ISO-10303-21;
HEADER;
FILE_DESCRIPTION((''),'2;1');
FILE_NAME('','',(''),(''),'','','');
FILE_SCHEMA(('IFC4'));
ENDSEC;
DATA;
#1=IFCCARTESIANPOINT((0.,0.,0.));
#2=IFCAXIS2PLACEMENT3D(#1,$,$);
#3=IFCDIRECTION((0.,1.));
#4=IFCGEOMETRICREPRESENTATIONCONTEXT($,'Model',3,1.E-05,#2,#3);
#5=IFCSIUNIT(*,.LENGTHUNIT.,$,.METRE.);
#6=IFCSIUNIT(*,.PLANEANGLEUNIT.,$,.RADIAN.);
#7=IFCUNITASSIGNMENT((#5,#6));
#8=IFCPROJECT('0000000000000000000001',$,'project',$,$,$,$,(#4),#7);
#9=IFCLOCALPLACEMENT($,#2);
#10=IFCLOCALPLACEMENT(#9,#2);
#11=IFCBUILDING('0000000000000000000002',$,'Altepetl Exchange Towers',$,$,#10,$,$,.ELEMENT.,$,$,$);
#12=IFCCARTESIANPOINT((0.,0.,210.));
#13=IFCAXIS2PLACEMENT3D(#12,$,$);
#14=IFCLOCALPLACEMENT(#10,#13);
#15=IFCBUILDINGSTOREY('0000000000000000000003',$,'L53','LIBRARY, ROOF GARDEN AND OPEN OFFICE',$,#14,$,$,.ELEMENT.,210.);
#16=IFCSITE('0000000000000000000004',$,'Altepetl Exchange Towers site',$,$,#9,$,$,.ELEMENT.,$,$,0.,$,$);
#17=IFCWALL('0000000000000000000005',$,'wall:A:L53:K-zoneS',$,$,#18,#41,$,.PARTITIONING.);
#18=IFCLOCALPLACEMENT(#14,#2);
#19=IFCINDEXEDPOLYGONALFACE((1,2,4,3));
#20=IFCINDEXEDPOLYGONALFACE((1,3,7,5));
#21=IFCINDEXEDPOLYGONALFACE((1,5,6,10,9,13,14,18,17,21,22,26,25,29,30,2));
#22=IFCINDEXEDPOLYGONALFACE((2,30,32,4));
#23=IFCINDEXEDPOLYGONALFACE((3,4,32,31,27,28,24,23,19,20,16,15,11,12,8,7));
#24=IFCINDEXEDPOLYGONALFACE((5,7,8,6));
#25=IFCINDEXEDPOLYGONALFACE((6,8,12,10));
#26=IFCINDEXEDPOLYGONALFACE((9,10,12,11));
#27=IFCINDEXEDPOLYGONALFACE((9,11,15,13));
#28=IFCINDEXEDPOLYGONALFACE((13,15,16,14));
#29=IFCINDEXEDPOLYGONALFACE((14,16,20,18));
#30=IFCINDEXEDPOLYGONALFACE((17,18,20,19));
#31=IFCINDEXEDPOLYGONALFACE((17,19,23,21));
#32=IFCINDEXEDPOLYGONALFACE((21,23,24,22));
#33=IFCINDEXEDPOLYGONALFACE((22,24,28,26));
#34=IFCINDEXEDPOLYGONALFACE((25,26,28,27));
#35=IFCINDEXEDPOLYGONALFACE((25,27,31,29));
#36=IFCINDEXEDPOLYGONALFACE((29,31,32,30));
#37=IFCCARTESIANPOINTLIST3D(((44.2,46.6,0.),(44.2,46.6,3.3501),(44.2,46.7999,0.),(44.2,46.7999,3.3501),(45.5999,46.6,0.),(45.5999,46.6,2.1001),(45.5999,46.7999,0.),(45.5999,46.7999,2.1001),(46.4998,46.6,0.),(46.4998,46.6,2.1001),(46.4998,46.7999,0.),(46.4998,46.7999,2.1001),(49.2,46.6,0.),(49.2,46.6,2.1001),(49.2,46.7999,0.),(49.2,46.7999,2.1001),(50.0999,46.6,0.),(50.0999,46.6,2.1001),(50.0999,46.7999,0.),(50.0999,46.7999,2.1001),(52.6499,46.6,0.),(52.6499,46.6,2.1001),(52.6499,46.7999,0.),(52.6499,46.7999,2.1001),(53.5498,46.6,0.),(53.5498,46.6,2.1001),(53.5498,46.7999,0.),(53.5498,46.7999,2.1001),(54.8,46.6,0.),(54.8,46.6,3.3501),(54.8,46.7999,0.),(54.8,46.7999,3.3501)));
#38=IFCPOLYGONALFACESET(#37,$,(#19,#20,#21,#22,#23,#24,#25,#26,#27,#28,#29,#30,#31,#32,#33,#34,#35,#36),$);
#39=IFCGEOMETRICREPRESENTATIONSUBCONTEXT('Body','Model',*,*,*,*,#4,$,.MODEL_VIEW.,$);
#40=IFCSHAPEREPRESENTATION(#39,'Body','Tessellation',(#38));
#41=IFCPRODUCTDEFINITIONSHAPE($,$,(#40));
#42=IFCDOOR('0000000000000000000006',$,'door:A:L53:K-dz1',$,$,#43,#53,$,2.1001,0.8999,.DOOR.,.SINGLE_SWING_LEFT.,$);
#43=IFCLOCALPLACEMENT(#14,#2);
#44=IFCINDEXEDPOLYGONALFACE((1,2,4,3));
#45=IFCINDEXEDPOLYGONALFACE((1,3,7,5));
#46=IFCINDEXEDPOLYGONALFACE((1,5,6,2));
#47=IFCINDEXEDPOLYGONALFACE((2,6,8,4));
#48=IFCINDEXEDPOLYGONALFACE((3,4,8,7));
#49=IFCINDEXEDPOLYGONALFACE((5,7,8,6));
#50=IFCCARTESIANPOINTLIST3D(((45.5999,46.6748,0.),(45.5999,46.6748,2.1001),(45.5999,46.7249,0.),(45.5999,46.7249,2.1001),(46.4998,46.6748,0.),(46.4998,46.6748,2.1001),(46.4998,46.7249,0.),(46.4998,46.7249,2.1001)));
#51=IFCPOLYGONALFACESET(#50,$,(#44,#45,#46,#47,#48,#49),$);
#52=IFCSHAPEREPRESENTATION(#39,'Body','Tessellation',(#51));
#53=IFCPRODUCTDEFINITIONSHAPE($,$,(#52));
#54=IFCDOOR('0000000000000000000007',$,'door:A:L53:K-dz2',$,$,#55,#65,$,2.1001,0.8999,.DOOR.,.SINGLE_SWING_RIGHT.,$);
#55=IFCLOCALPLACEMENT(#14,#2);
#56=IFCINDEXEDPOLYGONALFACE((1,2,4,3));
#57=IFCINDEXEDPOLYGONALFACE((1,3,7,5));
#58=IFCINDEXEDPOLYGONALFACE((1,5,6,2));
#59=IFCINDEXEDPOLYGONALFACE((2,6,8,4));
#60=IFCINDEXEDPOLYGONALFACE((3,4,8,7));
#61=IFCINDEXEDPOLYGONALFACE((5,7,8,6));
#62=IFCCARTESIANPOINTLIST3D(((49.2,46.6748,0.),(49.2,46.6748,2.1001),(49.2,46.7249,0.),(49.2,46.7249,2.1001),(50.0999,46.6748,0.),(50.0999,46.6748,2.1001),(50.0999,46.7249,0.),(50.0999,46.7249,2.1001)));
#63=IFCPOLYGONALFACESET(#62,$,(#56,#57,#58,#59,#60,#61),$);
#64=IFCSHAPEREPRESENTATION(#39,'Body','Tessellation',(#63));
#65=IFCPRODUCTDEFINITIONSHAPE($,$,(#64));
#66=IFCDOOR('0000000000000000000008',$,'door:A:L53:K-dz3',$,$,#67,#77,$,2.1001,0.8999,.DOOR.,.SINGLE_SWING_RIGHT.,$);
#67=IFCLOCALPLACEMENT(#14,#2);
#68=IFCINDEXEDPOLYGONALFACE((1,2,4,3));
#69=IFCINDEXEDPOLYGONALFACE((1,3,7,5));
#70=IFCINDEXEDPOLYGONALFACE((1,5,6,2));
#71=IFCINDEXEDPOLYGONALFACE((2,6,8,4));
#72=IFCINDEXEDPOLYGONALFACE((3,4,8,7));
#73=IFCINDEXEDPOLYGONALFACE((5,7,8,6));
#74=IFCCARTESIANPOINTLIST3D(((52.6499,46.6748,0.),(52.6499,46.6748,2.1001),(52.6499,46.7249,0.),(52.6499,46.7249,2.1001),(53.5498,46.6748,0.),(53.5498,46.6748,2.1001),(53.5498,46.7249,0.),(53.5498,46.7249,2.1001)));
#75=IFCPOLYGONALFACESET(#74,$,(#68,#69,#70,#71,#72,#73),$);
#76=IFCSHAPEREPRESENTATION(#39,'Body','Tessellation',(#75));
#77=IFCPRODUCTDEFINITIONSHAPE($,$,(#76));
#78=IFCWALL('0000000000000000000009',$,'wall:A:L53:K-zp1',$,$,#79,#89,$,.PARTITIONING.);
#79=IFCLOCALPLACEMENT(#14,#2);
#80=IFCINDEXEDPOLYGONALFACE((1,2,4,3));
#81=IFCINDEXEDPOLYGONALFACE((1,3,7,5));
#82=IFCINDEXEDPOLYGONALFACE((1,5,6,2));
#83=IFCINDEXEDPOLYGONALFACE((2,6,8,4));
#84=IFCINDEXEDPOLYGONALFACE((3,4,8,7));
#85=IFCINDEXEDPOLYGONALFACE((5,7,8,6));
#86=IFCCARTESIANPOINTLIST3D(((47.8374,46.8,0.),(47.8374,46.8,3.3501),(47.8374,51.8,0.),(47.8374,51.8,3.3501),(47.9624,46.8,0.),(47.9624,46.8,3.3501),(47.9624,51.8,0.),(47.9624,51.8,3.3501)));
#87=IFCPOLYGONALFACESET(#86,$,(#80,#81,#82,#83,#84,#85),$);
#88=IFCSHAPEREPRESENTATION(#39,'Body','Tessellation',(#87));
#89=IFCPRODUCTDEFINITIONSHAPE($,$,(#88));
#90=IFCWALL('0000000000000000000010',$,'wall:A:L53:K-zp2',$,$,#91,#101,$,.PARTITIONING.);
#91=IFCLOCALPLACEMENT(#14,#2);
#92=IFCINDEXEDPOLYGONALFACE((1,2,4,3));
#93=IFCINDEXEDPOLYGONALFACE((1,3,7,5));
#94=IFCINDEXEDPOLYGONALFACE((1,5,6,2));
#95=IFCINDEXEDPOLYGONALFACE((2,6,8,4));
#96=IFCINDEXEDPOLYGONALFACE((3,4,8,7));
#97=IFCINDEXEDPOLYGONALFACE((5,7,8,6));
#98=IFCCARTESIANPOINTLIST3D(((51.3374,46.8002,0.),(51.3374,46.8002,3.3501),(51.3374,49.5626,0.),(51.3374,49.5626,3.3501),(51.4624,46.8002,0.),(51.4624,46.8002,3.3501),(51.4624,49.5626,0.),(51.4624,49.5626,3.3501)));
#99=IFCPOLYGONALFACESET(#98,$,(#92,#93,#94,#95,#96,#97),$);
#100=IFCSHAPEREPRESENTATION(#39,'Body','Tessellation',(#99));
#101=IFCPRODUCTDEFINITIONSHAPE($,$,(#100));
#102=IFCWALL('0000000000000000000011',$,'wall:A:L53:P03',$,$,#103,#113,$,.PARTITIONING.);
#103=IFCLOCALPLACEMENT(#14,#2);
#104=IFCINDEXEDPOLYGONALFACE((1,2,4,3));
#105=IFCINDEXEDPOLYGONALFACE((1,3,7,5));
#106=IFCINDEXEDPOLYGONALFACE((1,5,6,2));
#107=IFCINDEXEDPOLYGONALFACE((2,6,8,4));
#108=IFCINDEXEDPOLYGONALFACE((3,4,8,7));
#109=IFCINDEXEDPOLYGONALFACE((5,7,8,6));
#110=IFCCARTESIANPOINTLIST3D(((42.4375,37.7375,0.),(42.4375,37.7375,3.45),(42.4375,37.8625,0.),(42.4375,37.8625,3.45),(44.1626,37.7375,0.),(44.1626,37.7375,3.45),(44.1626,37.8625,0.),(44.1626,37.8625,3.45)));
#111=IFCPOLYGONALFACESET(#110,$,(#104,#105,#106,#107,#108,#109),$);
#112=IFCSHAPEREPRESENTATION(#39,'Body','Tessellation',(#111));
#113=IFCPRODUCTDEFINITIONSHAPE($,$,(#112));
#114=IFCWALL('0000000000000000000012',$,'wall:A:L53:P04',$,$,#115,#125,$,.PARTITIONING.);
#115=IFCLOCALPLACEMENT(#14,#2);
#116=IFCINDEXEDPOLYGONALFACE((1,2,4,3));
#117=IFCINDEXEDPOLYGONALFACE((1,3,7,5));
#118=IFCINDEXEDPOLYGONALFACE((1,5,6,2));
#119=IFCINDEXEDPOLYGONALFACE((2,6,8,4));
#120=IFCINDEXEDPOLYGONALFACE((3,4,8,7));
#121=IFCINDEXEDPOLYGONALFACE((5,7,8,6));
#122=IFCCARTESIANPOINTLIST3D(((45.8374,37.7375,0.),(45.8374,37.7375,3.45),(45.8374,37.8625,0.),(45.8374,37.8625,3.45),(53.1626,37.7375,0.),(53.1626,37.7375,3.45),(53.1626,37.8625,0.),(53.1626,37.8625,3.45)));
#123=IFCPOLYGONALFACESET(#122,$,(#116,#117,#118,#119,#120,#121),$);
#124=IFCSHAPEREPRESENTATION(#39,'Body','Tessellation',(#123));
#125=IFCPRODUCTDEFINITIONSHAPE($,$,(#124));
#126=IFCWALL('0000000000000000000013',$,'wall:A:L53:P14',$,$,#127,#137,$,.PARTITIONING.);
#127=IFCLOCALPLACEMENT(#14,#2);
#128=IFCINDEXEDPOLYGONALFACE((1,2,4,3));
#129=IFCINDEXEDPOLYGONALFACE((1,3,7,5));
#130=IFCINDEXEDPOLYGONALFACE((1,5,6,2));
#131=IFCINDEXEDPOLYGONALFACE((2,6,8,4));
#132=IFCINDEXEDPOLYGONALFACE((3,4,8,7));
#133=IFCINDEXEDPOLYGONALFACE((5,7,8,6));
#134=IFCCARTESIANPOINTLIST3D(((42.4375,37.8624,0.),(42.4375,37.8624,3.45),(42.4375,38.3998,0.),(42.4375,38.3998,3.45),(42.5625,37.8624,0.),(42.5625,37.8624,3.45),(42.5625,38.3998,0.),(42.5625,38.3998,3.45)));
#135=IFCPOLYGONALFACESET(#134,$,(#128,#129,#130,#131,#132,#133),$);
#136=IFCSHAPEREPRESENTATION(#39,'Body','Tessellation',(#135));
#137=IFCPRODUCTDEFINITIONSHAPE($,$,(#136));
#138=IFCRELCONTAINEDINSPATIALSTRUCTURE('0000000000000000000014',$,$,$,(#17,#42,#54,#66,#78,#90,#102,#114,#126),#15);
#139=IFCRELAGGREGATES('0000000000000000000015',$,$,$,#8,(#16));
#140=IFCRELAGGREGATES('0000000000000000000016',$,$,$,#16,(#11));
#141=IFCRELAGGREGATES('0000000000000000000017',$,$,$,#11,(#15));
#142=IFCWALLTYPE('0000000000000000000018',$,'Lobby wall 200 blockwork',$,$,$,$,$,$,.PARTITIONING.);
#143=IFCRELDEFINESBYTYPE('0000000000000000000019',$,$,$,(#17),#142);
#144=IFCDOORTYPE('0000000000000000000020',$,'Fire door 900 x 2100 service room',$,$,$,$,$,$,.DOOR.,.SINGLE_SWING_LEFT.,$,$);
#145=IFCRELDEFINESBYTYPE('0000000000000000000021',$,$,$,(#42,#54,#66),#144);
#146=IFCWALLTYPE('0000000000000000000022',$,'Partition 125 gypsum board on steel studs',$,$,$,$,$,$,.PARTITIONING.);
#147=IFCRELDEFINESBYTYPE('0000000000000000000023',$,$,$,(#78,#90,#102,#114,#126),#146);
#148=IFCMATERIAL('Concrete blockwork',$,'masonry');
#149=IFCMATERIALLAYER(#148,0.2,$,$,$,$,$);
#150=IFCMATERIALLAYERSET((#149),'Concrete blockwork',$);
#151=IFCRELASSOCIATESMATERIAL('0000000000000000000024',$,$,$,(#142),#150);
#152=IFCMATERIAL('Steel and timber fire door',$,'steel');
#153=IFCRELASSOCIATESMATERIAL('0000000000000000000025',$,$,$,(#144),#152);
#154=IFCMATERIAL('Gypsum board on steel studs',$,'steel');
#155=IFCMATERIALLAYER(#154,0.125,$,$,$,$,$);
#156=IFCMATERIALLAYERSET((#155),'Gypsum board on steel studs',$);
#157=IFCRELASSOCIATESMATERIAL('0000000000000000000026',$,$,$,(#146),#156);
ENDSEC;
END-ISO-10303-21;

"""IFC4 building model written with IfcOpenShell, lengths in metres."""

from ifc_helpers import new_model, si_unit, direction, frame, frame_2d, origin, place, context, subcontext, project, spatial, rectangle, extrude, material, layer, layer_set, type_object, element, fill, save


model = new_model("IFC4")

# Units and contexts
model_context = context("Model", 3, precision=1e-05, world=origin(), true_north=direction((0.0, 1.0)))
body_context = subcontext(model_context, "Body", "Model", "MODEL_VIEW")
ifc_project = project(units=[si_unit("LENGTHUNIT", "METRE"), si_unit("PLANEANGLEUNIT", "RADIAN")], contexts=[model_context])

# Site, building, storey
site_placement = place(None, origin())
site = spatial("IfcSite", under=ifc_project, at=site_placement, Name="Altepetl Exchange Towers site", CompositionType="ELEMENT", RefElevation=0.0)
building_placement = place(site_placement, origin())
building = spatial("IfcBuilding", under=site, at=building_placement, Name="Altepetl Exchange Towers", CompositionType="ELEMENT")
storey_placement = place(building_placement, frame((0.0, 0.0, 210.0)))
storey = spatial("IfcBuildingStorey", under=building, at=storey_placement, Name="L53", Description="LIBRARY, ROOF GARDEN AND OPEN OFFICE", CompositionType="ELEMENT", Elevation=210.0)

# Wall, openings, doors
ifc_material_1 = material(Name="Concrete blockwork", Category="masonry")
ifc_layer_1 = layer(ifc_material_1, 0.2)
ifc_layer_set_1 = layer_set([ifc_layer_1], Name="Concrete blockwork")
wall_type_1 = type_object("IfcWallType", Name="Lobby wall 200 blockwork", PredefinedType="PARTITIONING", material=ifc_layer_set_1)
wall_1_placement = place(storey_placement, frame((44.2, 46.7, 0.0)))
wall_1 = element("IfcWall", 1, at=wall_1_placement, inside=storey, type_object=wall_type_1, Name="wall:A:L53:K-zoneS", PredefinedType="PARTITIONING", context=body_context, shape_type="SweptSolid", body=[
    extrude(rectangle(XDim=10.6001, YDim=0.2, at=frame_2d((5.3, 0.0))), origin(), (0.0, 0.0, 1.0), 3.3501),
])
opening_1_placement = place(wall_1_placement, frame((1.3999, 0.0, 0.0)))
opening_1 = element("IfcOpeningElement", 2, at=opening_1_placement, cuts=wall_1, PredefinedType="OPENING", context=body_context, shape_type="SweptSolid", body=[
    extrude(rectangle(XDim=0.8999, YDim=2.1001, at=frame_2d((0.45, 1.05))), frame((0.0, 0.1099, 0.0), z_axis=(0.0, -1.0, 0.0), x_axis=(1.0, 0.0, 0.0)), (0.0, 0.0, 1.0), 0.22),
])
opening_2_placement = place(wall_1_placement, frame((5.0, 0.0, 0.0)))
opening_2 = element("IfcOpeningElement", 3, at=opening_2_placement, cuts=wall_1, PredefinedType="OPENING", context=body_context, shape_type="SweptSolid", body=[
    extrude(rectangle(XDim=0.8999, YDim=2.1001, at=frame_2d((0.45, 1.05))), frame((0.0, 0.1099, 0.0), z_axis=(0.0, -1.0, 0.0), x_axis=(1.0, 0.0, 0.0)), (0.0, 0.0, 1.0), 0.22),
])
opening_3_placement = place(wall_1_placement, frame((8.45, 0.0, 0.0)))
opening_3 = element("IfcOpeningElement", 4, at=opening_3_placement, cuts=wall_1, PredefinedType="OPENING", context=body_context, shape_type="SweptSolid", body=[
    extrude(rectangle(XDim=0.8999, YDim=2.1001, at=frame_2d((0.45, 1.05))), frame((0.0, 0.1099, 0.0), z_axis=(0.0, -1.0, 0.0), x_axis=(1.0, 0.0, 0.0)), (0.0, 0.0, 1.0), 0.22),
])
ifc_material_2 = material(Name="Steel and timber fire door", Category="steel")
door_type_1 = type_object("IfcDoorType", Name="Fire door 900 x 2100 service room", OperationType="SINGLE_SWING_LEFT", PredefinedType="DOOR", material=ifc_material_2)
door_1_placement = place(opening_1_placement, origin())
door_1 = element("IfcDoor", 5, at=door_1_placement, inside=storey, type_object=door_type_1, Name="door:A:L53:K-dz1", OperationType="SINGLE_SWING_LEFT", OverallHeight=2.1001, OverallWidth=0.8999, PredefinedType="DOOR", context=body_context, shape_type="SweptSolid", body=[
    extrude(rectangle(XDim=0.8999, YDim=2.1001, at=frame_2d((0.45, 1.05))), frame((0.0, 0.0249, 0.0), z_axis=(0.0, -1.0, 0.0), x_axis=(1.0, 0.0, 0.0)), (0.0, 0.0, 1.0), 0.05),
])
fill(opening_1, door_1)
door_2_placement = place(opening_2_placement, origin())
door_2 = element("IfcDoor", 6, at=door_2_placement, inside=storey, type_object=door_type_1, Name="door:A:L53:K-dz2", OperationType="SINGLE_SWING_RIGHT", OverallHeight=2.1001, OverallWidth=0.8999, PredefinedType="DOOR", context=body_context, shape_type="SweptSolid", body=[
    extrude(rectangle(XDim=0.8999, YDim=2.1001, at=frame_2d((0.45, 1.05))), frame((0.0, 0.0249, 0.0), z_axis=(0.0, -1.0, 0.0), x_axis=(1.0, 0.0, 0.0)), (0.0, 0.0, 1.0), 0.05),
])
fill(opening_2, door_2)
door_3_placement = place(opening_3_placement, origin())
door_3 = element("IfcDoor", 7, at=door_3_placement, inside=storey, type_object=door_type_1, Name="door:A:L53:K-dz3", OperationType="SINGLE_SWING_RIGHT", OverallHeight=2.1001, OverallWidth=0.8999, PredefinedType="DOOR", context=body_context, shape_type="SweptSolid", body=[
    extrude(rectangle(XDim=0.8999, YDim=2.1001, at=frame_2d((0.45, 1.05))), frame((0.0, 0.0249, 0.0), z_axis=(0.0, -1.0, 0.0), x_axis=(1.0, 0.0, 0.0)), (0.0, 0.0, 1.0), 0.05),
])
fill(opening_3, door_3)

# Walls
ifc_material_3 = material(Name="Gypsum board on steel studs", Category="steel")
ifc_layer_2 = layer(ifc_material_3, 0.125)
ifc_layer_set_2 = layer_set([ifc_layer_2], Name="Gypsum board on steel studs")
wall_type_2 = type_object("IfcWallType", Name="Partition 125 gypsum board on steel studs", PredefinedType="PARTITIONING", material=ifc_layer_set_2)
wall_2_placement = place(storey_placement, frame((47.8999, 46.8, 0.0), z_axis=(0.0, 0.0, 1.0), x_axis=(0.0, 1.0, 0.0)))
element("IfcWall", 8, at=wall_2_placement, inside=storey, type_object=wall_type_2, Name="wall:A:L53:K-zp1", PredefinedType="PARTITIONING", context=body_context, shape_type="SweptSolid", body=[
    extrude(rectangle(XDim=5.0, YDim=0.125, at=frame_2d((2.5, 0.0))), origin(), (0.0, 0.0, 1.0), 3.3501),
])
wall_3_placement = place(storey_placement, frame((51.3999, 46.8, 0.0), z_axis=(0.0, 0.0, 1.0), x_axis=(0.0, 1.0, 0.0)))
element("IfcWall", 9, at=wall_3_placement, inside=storey, type_object=wall_type_2, Name="wall:A:L53:K-zp2", PredefinedType="PARTITIONING", context=body_context, shape_type="SweptSolid", body=[
    extrude(rectangle(XDim=2.7625, YDim=0.125, at=frame_2d((1.3813, 0.0))), origin(), (0.0, 0.0, 1.0), 3.3501),
])
wall_4_placement = place(storey_placement, frame((42.4375, 37.8, 0.0)))
element("IfcWall", 10, at=wall_4_placement, inside=storey, type_object=wall_type_2, Name="wall:A:L53:P03", PredefinedType="PARTITIONING", context=body_context, shape_type="SweptSolid", body=[
    extrude(rectangle(XDim=1.7251, YDim=0.125, at=frame_2d((0.8625, 0.0))), origin(), (0.0, 0.0, 1.0), 3.45),
])
wall_5_placement = place(storey_placement, frame((45.8374, 37.8, 0.0)))
element("IfcWall", 11, at=wall_5_placement, inside=storey, type_object=wall_type_2, Name="wall:A:L53:P04", PredefinedType="PARTITIONING", context=body_context, shape_type="SweptSolid", body=[
    extrude(rectangle(XDim=7.3252, YDim=0.125, at=frame_2d((3.6626, 0.0))), origin(), (0.0, 0.0, 1.0), 3.45),
])
wall_6_placement = place(storey_placement, frame((42.5, 37.8625, 0.0), z_axis=(0.0, 0.0, 1.0), x_axis=(0.0, 1.0, 0.0)))
element("IfcWall", 12, at=wall_6_placement, inside=storey, type_object=wall_type_2, Name="wall:A:L53:P14", PredefinedType="PARTITIONING", context=body_context, shape_type="SweptSolid", body=[
    extrude(rectangle(XDim=0.5374, YDim=0.125, at=frame_2d((0.2686, 0.0))), origin(), (0.0, 0.0, 1.0), 3.45),
])

save(model, "model.ifc")
